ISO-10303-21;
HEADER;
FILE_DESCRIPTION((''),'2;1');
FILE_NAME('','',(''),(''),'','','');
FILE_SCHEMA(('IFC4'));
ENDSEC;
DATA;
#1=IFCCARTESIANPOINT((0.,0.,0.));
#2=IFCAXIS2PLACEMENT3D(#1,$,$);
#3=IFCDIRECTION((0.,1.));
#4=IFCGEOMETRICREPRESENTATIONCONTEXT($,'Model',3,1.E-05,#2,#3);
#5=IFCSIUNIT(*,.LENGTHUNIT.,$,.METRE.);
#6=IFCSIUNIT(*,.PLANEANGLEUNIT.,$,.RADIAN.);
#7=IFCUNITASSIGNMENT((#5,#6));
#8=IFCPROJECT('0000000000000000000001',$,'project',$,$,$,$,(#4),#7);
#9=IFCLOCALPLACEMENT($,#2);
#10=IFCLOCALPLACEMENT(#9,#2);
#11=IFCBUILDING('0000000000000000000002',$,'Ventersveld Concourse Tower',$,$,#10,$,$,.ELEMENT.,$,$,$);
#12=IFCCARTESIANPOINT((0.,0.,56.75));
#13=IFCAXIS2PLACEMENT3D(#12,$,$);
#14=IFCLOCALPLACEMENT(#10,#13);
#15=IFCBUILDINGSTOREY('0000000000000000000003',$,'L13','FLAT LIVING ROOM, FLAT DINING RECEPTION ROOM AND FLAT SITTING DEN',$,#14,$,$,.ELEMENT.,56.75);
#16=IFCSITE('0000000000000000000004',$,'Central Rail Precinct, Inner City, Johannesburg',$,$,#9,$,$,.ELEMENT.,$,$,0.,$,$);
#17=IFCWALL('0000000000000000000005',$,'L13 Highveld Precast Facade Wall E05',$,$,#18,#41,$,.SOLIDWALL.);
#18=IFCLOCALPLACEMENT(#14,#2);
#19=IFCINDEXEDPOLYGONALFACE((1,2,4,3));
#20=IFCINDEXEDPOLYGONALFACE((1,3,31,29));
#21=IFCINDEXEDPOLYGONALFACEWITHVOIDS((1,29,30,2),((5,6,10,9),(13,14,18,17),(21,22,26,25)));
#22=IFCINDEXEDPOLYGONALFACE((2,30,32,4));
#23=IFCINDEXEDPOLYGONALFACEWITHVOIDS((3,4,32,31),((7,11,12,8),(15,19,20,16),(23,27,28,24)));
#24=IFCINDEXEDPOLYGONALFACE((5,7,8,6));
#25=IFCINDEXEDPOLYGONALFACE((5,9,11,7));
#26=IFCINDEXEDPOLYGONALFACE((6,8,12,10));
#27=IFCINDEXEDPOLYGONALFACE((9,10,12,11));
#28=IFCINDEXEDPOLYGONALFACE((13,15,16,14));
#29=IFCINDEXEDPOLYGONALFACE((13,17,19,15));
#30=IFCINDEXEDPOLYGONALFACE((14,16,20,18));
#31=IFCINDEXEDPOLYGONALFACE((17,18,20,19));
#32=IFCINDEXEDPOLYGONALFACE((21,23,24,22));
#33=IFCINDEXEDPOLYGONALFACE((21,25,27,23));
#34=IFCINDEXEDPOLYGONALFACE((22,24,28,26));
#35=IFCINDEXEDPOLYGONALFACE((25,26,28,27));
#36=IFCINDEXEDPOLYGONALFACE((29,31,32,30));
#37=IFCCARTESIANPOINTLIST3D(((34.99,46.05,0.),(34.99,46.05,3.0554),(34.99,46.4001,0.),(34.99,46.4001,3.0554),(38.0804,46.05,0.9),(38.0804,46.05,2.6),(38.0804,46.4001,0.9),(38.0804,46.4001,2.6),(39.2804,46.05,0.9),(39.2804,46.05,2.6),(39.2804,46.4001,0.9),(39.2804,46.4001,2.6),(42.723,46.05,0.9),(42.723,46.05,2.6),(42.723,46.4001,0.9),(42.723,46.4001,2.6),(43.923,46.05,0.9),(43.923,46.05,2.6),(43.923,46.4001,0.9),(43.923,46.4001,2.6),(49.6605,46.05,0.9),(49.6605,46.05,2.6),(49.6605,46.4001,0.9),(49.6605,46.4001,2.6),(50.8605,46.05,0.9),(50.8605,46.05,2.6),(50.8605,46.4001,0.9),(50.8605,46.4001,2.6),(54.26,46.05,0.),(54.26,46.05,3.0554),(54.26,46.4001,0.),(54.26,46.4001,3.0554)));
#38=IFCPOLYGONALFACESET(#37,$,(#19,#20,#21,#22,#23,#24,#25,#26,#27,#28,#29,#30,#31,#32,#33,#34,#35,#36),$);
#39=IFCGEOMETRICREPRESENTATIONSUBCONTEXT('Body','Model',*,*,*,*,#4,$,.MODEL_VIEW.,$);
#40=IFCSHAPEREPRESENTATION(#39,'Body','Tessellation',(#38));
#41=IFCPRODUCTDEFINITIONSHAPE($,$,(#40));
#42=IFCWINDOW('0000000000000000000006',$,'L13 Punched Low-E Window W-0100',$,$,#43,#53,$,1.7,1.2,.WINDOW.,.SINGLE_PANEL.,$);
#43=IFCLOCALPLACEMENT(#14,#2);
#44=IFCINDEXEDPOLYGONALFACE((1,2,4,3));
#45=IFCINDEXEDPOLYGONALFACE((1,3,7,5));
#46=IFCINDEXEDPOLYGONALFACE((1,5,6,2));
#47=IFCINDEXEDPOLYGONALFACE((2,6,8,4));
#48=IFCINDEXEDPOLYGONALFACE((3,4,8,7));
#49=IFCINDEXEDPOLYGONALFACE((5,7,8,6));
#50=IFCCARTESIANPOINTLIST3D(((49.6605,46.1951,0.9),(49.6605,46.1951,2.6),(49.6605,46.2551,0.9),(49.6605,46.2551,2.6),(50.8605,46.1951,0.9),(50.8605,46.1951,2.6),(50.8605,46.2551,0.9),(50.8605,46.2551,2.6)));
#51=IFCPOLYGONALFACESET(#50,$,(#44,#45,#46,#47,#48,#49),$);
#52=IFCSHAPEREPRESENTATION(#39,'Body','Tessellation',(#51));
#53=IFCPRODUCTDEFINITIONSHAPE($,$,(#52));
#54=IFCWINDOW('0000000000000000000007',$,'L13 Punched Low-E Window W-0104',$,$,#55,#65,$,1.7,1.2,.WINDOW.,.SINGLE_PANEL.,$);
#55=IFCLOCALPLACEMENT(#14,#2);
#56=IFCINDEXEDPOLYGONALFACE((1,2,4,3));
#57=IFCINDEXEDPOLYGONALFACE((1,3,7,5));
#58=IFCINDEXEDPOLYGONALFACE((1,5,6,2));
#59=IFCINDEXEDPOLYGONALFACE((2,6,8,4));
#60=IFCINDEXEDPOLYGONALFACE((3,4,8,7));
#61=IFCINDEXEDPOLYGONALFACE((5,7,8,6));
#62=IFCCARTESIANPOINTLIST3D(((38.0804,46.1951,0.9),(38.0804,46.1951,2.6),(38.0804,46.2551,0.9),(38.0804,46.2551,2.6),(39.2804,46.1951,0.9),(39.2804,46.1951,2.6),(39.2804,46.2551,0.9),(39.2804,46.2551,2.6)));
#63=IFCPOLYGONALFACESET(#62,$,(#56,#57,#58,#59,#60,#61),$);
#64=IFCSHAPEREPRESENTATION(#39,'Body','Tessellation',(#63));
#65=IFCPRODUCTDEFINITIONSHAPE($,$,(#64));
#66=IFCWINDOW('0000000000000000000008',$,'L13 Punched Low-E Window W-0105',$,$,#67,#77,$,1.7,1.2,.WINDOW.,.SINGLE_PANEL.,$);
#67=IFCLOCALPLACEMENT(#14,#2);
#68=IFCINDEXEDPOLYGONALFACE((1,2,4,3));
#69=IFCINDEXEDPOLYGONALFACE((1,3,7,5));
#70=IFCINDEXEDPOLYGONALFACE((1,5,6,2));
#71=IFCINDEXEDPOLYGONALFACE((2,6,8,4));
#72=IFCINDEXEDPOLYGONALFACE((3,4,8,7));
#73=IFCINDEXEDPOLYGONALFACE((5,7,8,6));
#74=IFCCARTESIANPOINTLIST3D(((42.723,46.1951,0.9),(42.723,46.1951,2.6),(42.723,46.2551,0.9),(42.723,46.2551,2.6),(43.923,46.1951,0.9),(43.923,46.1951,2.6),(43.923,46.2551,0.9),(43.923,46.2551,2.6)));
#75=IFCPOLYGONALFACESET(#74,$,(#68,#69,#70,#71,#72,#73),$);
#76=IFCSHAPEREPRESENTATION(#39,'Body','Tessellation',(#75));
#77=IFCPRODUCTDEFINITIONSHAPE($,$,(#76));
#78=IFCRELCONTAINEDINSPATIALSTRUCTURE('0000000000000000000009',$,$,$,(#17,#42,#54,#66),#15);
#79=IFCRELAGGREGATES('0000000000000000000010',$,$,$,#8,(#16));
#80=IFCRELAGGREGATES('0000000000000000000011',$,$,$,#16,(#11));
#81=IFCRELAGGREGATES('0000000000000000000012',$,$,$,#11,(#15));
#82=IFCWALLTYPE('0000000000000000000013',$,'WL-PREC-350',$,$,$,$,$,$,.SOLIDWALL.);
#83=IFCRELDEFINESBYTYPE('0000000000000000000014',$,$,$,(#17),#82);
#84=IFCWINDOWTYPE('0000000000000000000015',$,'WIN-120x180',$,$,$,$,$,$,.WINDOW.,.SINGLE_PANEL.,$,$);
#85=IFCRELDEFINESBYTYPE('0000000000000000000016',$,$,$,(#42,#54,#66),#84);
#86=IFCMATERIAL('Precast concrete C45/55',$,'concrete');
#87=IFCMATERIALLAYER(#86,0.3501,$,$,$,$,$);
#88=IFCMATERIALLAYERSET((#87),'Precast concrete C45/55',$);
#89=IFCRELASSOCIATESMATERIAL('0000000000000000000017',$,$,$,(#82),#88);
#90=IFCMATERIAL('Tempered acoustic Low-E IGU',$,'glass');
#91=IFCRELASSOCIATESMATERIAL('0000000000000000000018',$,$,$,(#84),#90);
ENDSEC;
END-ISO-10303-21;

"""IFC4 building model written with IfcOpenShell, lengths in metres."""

from ifc_helpers import new_model, si_unit, direction, frame, frame_2d, origin, place, context, subcontext, project, spatial, rectangle, extrude, material, layer, layer_set, type_object, element, fill, save


model = new_model("IFC4")

# Units and contexts
model_context = context("Model", 3, precision=1e-05, world=origin(), true_north=direction((0.0, 1.0)))
body_context = subcontext(model_context, "Body", "Model", "MODEL_VIEW")
ifc_project = project(units=[si_unit("LENGTHUNIT", "METRE"), si_unit("PLANEANGLEUNIT", "RADIAN")], contexts=[model_context])

# Site, building, storey
site_placement = place(None, origin())
site = spatial("IfcSite", under=ifc_project, at=site_placement, Name="Central Rail Precinct, Inner City, Johannesburg", CompositionType="ELEMENT", RefElevation=0.0)
building_placement = place(site_placement, origin())
building = spatial("IfcBuilding", under=site, at=building_placement, Name="Ventersveld Concourse Tower", CompositionType="ELEMENT")
storey_placement = place(building_placement, frame((0.0, 0.0, 56.75)))
storey = spatial("IfcBuildingStorey", under=building, at=storey_placement, Name="L13", Description="FLAT LIVING ROOM, FLAT DINING RECEPTION ROOM AND FLAT SITTING DEN", CompositionType="ELEMENT", Elevation=56.75)

# Shared definitions
ifc_material_1 = material(Name="Precast concrete C45/55", Category="concrete")
ifc_layer_1 = layer(ifc_material_1, 0.3501)
ifc_layer_set_1 = layer_set([ifc_layer_1], Name="Precast concrete C45/55")
wall_type_1 = type_object("IfcWallType", Name="WL-PREC-350", PredefinedType="SOLIDWALL", material=ifc_layer_set_1)

# Wall, openings, windows
wall_1_placement = place(storey_placement, frame((54.26, 46.2251, 0.0), z_axis=(0.0, 0.0, 1.0), x_axis=(-1.0, 0.0, 0.0)))
wall_1 = element("IfcWall", 1, at=wall_1_placement, inside=storey, type_object=wall_type_1, Name="L13 Highveld Precast Facade Wall E05", PredefinedType="SOLIDWALL", context=body_context, shape_type="SweptSolid", body=[
    extrude(rectangle(XDim=19.27, YDim=0.3501, at=frame_2d((9.635, 0.0))), origin(), (0.0, 0.0, 1.0), 3.0554),
])
opening_1_placement = place(wall_1_placement, frame((3.3994, 0.0, 0.8999)))
opening_1 = element("IfcOpeningElement", 2, at=opening_1_placement, cuts=wall_1, PredefinedType="OPENING", context=body_context, shape_type="SweptSolid", body=[
    extrude(rectangle(XDim=1.2, YDim=1.7, at=frame_2d((0.6001, 0.8501))), frame((0.0, 0.1851, 0.0), z_axis=(0.0, -1.0, 0.0), x_axis=(1.0, 0.0, 0.0)), (0.0, 0.0, 1.0), 0.3701),
])
opening_2_placement = place(wall_1_placement, frame((14.9795, 0.0, 0.8999)))
opening_2 = element("IfcOpeningElement", 3, at=opening_2_placement, cuts=wall_1, PredefinedType="OPENING", context=body_context, shape_type="SweptSolid", body=[
    extrude(rectangle(XDim=1.2, YDim=1.7, at=frame_2d((0.6001, 0.8501))), frame((0.0, 0.1851, 0.0), z_axis=(0.0, -1.0, 0.0), x_axis=(1.0, 0.0, 0.0)), (0.0, 0.0, 1.0), 0.3701),
])
opening_3_placement = place(wall_1_placement, frame((10.3369, 0.0, 0.8999)))
opening_3 = element("IfcOpeningElement", 4, at=opening_3_placement, cuts=wall_1, PredefinedType="OPENING", context=body_context, shape_type="SweptSolid", body=[
    extrude(rectangle(XDim=1.2, YDim=1.7, at=frame_2d((0.6001, 0.8501))), frame((0.0, 0.1851, 0.0), z_axis=(0.0, -1.0, 0.0), x_axis=(1.0, 0.0, 0.0)), (0.0, 0.0, 1.0), 0.3701),
])
ifc_material_2 = material(Name="Tempered acoustic Low-E IGU", Category="glass")
window_type = type_object("IfcWindowType", Name="WIN-120x180", PartitioningType="SINGLE_PANEL", PredefinedType="WINDOW", material=ifc_material_2)
window_1_placement = place(opening_1_placement, origin())
window_1 = element("IfcWindow", 5, at=window_1_placement, inside=storey, type_object=window_type, Name="L13 Punched Low-E Window W-0100", OverallHeight=1.7, OverallWidth=1.2, PartitioningType="SINGLE_PANEL", PredefinedType="WINDOW", context=body_context, shape_type="SweptSolid", body=[
    extrude(rectangle(XDim=1.2, YDim=1.7, at=frame_2d((0.6001, 0.8501))), frame((0.0, 0.03, 0.0), z_axis=(0.0, -1.0, 0.0), x_axis=(1.0, 0.0, 0.0)), (0.0, 0.0, 1.0), 0.0601),
])
fill(opening_1, window_1)
window_2_placement = place(opening_2_placement, origin())
window_2 = element("IfcWindow", 6, at=window_2_placement, inside=storey, type_object=window_type, Name="L13 Punched Low-E Window W-0104", OverallHeight=1.7, OverallWidth=1.2, PartitioningType="SINGLE_PANEL", PredefinedType="WINDOW", context=body_context, shape_type="SweptSolid", body=[
    extrude(rectangle(XDim=1.2, YDim=1.7, at=frame_2d((0.6001, 0.8501))), frame((0.0, 0.03, 0.0), z_axis=(0.0, -1.0, 0.0), x_axis=(1.0, 0.0, 0.0)), (0.0, 0.0, 1.0), 0.0601),
])
fill(opening_2, window_2)
window_3_placement = place(opening_3_placement, origin())
window_3 = element("IfcWindow", 7, at=window_3_placement, inside=storey, type_object=window_type, Name="L13 Punched Low-E Window W-0105", OverallHeight=1.7, OverallWidth=1.2, PartitioningType="SINGLE_PANEL", PredefinedType="WINDOW", context=body_context, shape_type="SweptSolid", body=[
    extrude(rectangle(XDim=1.2, YDim=1.7, at=frame_2d((0.6001, 0.8501))), frame((0.0, 0.03, 0.0), z_axis=(0.0, -1.0, 0.0), x_axis=(1.0, 0.0, 0.0)), (0.0, 0.0, 1.0), 0.0601),
])
fill(opening_3, window_3)

save(model, "model.ifc")
